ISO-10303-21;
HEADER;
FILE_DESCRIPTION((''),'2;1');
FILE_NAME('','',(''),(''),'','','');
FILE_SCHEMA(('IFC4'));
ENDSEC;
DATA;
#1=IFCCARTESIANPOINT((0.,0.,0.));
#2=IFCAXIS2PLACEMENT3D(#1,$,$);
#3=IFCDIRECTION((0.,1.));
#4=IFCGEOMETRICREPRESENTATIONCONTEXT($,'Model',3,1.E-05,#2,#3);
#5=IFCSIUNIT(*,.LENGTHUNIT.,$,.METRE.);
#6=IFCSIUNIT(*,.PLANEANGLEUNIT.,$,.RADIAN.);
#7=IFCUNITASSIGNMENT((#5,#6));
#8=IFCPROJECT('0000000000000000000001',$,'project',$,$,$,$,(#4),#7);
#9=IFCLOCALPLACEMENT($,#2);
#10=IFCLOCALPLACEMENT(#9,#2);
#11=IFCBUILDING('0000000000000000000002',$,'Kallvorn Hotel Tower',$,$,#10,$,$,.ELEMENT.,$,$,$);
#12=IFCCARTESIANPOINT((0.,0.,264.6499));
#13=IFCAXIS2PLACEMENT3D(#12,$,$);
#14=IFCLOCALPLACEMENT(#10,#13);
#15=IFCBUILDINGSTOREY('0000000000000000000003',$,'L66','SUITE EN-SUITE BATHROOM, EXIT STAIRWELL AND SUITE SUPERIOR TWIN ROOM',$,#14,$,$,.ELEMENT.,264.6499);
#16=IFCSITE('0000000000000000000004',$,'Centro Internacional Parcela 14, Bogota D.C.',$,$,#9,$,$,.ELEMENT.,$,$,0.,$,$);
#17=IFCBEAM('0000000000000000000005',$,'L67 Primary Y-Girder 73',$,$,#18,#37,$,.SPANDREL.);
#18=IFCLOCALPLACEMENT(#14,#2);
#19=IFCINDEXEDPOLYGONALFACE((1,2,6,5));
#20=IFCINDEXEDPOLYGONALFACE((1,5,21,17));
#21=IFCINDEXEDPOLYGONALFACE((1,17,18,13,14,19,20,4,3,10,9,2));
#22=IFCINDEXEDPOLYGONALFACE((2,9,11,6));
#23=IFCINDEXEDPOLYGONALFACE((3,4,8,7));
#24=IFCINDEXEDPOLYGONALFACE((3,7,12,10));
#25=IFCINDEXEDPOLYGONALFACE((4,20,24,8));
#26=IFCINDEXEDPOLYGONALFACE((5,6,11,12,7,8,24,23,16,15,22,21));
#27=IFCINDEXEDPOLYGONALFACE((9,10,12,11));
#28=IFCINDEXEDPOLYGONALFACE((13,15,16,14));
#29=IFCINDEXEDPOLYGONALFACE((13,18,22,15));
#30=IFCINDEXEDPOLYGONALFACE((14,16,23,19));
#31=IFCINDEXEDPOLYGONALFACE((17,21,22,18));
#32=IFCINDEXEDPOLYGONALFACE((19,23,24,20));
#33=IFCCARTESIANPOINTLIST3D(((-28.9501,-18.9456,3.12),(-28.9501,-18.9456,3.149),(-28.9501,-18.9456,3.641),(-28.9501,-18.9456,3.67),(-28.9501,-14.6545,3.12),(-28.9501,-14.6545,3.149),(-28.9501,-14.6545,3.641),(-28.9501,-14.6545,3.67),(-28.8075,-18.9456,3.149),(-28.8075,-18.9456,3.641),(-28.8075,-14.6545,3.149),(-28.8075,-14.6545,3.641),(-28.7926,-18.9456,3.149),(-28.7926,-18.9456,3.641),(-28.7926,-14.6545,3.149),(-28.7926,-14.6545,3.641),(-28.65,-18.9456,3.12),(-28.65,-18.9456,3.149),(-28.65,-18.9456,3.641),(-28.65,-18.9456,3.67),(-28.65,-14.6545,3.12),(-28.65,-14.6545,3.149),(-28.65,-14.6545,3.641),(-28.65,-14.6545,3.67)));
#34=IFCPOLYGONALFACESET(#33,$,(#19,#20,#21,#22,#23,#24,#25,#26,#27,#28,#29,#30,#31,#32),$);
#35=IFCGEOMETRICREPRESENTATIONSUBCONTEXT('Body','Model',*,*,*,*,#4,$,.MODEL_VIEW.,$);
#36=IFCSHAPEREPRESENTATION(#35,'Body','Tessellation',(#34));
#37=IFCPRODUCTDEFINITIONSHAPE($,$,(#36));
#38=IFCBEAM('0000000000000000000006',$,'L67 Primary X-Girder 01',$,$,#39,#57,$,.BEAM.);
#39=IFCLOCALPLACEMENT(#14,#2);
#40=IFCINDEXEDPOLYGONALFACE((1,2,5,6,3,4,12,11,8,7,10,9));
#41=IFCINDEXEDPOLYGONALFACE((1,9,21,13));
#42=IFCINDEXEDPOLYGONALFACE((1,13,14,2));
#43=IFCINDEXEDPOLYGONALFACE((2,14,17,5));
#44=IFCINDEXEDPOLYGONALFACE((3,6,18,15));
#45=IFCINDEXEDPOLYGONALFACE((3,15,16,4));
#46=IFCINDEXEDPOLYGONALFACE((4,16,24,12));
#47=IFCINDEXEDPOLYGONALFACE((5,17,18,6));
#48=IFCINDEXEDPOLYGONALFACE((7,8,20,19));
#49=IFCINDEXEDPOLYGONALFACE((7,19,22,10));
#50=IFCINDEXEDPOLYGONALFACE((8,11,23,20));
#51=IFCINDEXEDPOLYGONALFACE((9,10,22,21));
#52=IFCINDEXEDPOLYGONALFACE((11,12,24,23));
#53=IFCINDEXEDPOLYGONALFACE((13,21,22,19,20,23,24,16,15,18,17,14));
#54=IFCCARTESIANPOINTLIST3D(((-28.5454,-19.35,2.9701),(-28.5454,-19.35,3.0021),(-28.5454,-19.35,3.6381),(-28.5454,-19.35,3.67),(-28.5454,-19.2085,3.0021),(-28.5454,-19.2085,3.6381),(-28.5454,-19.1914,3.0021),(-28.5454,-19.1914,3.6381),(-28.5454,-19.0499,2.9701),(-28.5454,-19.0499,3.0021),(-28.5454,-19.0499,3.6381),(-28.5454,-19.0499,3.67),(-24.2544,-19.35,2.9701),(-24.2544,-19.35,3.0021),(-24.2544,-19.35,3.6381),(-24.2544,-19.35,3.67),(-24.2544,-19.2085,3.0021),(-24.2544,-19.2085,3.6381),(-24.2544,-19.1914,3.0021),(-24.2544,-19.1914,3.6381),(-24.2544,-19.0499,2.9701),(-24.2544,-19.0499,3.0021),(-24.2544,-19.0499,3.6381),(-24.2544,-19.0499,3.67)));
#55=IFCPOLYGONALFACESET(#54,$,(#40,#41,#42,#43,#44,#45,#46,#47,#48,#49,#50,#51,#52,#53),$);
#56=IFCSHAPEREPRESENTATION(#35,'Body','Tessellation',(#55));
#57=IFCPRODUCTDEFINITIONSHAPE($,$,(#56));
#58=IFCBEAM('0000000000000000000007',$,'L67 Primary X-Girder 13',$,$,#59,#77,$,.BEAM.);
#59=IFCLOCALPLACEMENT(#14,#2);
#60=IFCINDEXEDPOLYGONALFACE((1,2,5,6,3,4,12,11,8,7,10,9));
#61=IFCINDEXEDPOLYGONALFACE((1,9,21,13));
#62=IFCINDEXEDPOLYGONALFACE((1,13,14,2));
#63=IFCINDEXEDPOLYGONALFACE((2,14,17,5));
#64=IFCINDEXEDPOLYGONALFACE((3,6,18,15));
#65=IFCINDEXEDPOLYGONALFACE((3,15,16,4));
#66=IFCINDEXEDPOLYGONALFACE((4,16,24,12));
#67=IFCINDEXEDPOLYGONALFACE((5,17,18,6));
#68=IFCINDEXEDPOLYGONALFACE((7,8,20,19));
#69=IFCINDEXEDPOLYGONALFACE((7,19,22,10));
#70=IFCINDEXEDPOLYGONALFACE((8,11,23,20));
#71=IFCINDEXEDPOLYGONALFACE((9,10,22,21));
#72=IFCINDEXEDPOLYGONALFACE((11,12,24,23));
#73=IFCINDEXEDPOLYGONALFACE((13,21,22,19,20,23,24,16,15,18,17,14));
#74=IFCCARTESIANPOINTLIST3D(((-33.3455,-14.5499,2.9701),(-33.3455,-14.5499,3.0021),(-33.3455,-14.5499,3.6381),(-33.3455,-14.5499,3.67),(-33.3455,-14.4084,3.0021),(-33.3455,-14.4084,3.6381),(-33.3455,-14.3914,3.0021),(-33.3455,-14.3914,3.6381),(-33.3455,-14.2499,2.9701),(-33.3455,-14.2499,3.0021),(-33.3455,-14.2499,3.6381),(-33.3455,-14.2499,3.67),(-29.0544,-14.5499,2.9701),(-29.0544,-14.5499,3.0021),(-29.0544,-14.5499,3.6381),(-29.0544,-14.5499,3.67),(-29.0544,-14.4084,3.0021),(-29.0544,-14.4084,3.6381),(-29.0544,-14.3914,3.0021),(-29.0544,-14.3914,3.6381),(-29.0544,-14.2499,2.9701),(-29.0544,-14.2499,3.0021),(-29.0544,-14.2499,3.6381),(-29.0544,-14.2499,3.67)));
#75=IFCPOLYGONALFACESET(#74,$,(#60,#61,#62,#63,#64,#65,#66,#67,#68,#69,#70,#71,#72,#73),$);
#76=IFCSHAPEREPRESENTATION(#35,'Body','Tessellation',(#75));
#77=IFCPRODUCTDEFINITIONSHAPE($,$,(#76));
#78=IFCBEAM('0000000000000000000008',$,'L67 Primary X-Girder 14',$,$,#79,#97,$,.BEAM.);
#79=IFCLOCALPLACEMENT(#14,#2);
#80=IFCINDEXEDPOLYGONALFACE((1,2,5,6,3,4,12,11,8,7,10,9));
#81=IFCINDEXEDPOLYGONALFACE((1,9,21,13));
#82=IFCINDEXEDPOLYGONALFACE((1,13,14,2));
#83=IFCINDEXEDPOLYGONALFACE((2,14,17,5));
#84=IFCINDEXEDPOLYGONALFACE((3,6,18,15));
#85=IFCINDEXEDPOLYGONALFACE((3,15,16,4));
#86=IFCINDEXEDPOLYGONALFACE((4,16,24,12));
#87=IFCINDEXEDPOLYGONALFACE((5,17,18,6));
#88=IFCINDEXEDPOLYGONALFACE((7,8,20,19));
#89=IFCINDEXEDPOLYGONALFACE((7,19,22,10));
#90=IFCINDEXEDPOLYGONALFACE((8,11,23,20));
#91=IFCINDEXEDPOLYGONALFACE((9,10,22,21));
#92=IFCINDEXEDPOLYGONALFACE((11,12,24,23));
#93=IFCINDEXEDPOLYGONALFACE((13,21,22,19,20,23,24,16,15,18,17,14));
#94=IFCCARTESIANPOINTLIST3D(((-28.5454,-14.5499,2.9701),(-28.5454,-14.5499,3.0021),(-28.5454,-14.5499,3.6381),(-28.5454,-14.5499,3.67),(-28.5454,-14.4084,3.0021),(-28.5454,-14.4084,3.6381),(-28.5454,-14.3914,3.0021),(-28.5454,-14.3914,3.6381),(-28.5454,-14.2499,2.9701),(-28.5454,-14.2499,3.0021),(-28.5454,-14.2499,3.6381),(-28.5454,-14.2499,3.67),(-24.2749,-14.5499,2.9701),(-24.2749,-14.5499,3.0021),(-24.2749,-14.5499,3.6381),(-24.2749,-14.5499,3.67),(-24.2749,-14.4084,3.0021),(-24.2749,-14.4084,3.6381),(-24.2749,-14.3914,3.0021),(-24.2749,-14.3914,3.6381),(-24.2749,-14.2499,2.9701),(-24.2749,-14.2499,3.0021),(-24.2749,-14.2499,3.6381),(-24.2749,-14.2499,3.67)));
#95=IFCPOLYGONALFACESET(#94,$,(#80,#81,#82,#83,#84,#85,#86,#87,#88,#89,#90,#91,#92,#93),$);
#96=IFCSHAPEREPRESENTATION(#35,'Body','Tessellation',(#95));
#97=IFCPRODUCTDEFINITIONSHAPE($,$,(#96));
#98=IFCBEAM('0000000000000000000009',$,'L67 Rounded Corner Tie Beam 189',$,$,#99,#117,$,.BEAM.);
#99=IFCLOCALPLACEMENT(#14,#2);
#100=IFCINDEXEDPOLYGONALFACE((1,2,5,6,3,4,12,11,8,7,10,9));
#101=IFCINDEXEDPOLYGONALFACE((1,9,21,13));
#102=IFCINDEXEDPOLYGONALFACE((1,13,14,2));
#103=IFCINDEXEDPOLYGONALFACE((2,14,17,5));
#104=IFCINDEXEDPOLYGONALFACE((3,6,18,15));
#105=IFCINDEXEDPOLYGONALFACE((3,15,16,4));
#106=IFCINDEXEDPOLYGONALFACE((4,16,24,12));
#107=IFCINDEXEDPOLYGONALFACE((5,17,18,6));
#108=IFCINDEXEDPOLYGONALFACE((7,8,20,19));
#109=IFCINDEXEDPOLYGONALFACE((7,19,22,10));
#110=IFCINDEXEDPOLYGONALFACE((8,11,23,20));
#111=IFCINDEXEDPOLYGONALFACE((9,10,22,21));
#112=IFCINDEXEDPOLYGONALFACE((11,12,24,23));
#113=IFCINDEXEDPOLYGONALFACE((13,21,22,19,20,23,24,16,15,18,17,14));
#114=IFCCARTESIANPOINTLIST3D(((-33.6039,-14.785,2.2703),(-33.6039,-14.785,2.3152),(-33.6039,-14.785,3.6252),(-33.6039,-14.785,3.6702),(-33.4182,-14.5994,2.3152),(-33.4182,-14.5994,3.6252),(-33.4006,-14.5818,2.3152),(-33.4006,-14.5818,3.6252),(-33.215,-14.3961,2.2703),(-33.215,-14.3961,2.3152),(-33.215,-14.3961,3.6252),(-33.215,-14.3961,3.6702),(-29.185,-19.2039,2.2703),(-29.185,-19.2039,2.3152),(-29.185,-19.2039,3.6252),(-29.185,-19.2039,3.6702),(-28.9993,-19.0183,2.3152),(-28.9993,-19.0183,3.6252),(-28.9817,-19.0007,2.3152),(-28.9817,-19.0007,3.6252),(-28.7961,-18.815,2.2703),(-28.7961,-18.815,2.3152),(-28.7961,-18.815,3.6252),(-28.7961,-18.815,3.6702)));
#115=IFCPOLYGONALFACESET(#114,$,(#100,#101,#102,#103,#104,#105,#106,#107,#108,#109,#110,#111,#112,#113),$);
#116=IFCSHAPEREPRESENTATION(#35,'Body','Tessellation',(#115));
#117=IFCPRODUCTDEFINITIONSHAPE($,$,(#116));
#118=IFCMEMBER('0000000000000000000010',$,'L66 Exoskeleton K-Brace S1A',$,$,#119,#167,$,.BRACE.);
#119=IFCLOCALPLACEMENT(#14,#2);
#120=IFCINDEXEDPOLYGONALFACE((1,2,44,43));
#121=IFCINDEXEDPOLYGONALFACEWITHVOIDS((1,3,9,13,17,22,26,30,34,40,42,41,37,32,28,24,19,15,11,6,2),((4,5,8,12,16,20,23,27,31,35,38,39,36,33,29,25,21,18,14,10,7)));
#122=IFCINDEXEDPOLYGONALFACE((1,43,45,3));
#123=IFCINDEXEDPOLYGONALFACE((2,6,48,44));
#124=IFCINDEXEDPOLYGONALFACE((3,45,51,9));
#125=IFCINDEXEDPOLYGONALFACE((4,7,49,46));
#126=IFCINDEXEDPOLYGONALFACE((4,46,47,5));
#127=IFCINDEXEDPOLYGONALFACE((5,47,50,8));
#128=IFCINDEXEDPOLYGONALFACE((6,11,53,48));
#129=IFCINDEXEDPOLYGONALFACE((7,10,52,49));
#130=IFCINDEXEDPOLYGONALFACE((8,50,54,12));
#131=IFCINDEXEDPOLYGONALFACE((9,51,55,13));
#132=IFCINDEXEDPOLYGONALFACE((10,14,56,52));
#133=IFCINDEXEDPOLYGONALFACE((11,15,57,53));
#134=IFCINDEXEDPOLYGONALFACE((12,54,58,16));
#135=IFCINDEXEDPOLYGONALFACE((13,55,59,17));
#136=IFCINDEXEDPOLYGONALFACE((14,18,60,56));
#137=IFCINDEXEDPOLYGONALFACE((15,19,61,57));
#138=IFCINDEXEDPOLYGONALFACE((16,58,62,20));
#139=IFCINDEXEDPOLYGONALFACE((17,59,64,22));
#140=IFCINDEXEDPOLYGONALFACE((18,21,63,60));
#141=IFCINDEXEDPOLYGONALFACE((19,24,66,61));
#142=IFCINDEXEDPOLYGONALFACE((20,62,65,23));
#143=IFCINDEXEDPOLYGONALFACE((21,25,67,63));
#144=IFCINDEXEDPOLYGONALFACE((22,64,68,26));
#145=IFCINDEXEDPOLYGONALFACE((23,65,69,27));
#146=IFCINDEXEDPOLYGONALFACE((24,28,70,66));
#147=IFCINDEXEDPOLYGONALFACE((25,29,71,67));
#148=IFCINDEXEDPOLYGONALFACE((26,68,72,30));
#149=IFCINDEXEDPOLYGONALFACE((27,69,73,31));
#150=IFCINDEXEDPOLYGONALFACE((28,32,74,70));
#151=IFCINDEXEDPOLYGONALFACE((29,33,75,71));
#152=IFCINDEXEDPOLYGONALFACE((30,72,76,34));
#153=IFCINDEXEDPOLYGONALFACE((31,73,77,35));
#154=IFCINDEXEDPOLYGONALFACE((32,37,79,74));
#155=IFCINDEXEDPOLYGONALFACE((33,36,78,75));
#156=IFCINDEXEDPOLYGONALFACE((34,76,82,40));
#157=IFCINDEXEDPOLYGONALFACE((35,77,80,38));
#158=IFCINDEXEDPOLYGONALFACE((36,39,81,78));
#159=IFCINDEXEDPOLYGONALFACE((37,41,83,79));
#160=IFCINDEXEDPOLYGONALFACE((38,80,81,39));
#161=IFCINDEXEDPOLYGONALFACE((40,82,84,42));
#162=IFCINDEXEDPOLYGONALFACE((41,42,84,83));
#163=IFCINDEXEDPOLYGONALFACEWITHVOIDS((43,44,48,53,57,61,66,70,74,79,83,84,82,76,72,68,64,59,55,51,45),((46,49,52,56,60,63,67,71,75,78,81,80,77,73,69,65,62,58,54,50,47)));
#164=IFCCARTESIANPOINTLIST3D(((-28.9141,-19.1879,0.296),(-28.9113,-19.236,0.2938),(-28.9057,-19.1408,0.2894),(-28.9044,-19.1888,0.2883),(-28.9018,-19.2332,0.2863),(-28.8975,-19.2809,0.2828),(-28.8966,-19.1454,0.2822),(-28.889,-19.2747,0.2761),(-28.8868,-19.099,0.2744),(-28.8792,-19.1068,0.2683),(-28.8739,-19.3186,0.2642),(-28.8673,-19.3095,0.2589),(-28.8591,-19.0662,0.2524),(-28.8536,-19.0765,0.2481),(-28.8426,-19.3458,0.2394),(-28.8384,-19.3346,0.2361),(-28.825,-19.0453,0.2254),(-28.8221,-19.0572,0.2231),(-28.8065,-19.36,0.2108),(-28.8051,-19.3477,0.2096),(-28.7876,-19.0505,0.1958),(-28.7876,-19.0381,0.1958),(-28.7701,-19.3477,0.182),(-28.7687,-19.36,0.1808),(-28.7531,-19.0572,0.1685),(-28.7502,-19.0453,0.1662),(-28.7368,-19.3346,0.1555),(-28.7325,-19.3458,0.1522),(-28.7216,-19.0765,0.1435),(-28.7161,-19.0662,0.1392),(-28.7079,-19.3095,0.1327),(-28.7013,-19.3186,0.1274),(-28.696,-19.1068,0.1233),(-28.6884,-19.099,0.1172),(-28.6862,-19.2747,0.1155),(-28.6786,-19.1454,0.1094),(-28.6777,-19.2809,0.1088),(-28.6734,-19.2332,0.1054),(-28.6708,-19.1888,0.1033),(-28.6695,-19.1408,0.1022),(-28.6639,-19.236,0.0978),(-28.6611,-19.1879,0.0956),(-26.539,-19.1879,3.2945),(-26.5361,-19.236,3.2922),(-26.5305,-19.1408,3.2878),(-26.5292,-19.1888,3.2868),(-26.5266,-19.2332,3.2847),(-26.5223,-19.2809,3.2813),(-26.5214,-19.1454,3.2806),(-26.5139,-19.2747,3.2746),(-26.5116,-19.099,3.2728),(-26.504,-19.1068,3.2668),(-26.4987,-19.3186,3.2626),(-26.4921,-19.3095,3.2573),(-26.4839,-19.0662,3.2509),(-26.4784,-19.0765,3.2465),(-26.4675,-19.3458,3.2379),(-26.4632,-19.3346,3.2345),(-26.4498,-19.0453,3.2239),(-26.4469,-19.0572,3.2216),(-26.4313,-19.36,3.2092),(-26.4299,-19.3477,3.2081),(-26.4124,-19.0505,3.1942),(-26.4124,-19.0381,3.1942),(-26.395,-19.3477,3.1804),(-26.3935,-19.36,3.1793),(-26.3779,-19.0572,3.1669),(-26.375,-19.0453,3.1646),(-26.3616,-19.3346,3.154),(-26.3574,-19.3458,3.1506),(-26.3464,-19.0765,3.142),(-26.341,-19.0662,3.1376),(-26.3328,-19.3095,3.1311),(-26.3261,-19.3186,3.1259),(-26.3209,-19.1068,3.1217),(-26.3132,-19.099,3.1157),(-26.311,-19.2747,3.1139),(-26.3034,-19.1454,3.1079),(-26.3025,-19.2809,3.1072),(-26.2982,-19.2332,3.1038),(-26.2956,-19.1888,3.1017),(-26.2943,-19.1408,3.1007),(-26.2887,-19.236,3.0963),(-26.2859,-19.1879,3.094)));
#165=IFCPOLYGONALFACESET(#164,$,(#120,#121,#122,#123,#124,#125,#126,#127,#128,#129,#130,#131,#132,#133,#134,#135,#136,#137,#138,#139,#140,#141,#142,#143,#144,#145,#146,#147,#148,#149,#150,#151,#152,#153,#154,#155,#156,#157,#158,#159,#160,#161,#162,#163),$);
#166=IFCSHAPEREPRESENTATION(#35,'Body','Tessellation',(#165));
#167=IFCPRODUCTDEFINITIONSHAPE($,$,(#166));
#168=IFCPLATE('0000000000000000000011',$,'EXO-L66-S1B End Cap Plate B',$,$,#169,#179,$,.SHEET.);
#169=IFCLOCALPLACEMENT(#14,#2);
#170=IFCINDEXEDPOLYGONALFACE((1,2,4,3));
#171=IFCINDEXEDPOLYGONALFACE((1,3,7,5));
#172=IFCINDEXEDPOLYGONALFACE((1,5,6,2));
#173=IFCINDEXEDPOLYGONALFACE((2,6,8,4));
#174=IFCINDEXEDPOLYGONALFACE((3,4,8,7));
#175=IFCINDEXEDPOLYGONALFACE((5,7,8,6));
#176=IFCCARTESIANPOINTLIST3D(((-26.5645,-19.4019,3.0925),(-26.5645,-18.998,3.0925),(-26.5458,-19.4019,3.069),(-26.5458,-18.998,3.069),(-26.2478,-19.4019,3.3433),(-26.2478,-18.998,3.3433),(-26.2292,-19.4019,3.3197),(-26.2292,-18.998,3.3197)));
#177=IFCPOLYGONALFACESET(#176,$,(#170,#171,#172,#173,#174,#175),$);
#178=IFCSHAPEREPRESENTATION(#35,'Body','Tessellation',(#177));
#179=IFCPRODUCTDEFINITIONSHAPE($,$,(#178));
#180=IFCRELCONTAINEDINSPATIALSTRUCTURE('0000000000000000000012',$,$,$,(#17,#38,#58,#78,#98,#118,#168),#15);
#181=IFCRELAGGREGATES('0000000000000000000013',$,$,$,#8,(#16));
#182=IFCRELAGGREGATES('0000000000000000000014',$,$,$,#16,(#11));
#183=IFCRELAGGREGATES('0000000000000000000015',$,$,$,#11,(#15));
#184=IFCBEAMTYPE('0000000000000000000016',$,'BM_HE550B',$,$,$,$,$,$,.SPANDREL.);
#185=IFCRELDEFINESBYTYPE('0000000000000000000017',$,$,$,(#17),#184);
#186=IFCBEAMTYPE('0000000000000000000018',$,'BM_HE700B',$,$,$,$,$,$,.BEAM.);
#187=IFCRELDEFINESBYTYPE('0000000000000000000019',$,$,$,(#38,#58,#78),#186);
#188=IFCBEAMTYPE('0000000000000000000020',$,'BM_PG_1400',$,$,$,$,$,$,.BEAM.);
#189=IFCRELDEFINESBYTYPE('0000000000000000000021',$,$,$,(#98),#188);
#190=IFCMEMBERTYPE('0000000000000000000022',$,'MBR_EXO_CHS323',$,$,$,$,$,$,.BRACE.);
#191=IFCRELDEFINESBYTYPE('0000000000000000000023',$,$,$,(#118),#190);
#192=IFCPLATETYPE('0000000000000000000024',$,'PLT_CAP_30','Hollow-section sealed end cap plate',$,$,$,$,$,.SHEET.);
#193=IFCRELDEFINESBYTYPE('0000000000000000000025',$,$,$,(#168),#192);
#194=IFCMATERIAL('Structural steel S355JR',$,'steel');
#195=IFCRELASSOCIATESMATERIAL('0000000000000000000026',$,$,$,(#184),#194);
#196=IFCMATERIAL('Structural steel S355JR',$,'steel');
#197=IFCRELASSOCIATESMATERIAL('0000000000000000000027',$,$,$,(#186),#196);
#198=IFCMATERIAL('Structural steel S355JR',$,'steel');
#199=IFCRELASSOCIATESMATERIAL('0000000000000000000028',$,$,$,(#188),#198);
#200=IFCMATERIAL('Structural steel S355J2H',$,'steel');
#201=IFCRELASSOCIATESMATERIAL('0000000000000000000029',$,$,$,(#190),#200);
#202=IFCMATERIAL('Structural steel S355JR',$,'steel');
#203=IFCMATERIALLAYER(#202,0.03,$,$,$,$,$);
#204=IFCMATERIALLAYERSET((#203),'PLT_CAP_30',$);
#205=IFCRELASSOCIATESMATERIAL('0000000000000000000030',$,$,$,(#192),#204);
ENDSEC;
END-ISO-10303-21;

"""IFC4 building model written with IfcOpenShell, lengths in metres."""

from ifc_helpers import new_model, si_unit, direction, frame, origin, origin_2d, place, context, subcontext, project, spatial, polyline, hollow_circle, i_section, outline, extrude, material, layer, layer_set, material_profile, profile_set, type_object, element, save


model = new_model("IFC4")

# Units and contexts
model_context = context("Model", 3, precision=1e-05, world=origin(), true_north=direction((0.0, 1.0)))
body_context = subcontext(model_context, "Body", "Model", "MODEL_VIEW")
ifc_project = project(units=[si_unit("LENGTHUNIT", "METRE"), si_unit("PLANEANGLEUNIT", "RADIAN")], contexts=[model_context])

# Site, building, storey
site_placement = place(None, origin())
site = spatial("IfcSite", under=ifc_project, at=site_placement, Name="Centro Internacional Parcela 14, Bogota D.C.", CompositionType="ELEMENT", RefElevation=0.0)
building_placement = place(site_placement, origin())
building = spatial("IfcBuilding", under=site, at=building_placement, Name="Kallvorn Hotel Tower", CompositionType="ELEMENT")
storey_placement = place(building_placement, frame((0.0, 0.0, 264.6499)))
storey = spatial("IfcBuildingStorey", under=building, at=storey_placement, Name="L66", Description="SUITE EN-SUITE BATHROOM, EXIT STAIRWELL AND SUITE SUPERIOR TWIN ROOM", CompositionType="ELEMENT", Elevation=264.6499)

# Beams
ifc_material_1 = material(Name="Structural steel S355JR", Category="steel")
ifc_material_profile_1 = material_profile(ifc_material_1, i_section(OverallWidth=0.3, OverallDepth=0.55, WebThickness=0.0149, FlangeThickness=0.0291, at=origin_2d()), Name="HE 550 B")
ifc_profile_set_1 = profile_set([ifc_material_profile_1], Name="Structural steel S355JR")
beam_type_1 = type_object("IfcBeamType", Name="BM_HE550B", PredefinedType="SPANDREL", material=ifc_profile_set_1)
beam_1_placement = place(storey_placement, frame((-28.8, -18.9456, 3.395), z_axis=(0.0, 1.0, 0.0), x_axis=(-1.0, 0.0, 0.0)))
element("IfcBeam", 1, at=beam_1_placement, inside=storey, type_object=beam_type_1, Name="L67 Primary Y-Girder 73", PredefinedType="SPANDREL", context=body_context, shape_type="SweptSolid", body=[
    extrude(i_section(OverallWidth=0.3, OverallDepth=0.55, WebThickness=0.0149, FlangeThickness=0.0291, at=origin_2d()), origin(), (0.0, 0.0, 1.0), 4.291),
])
ifc_material_2 = material(Name="Structural steel S355JR", Category="steel")
ifc_material_profile_2 = material_profile(ifc_material_2, i_section(OverallWidth=0.3, OverallDepth=0.7, WebThickness=0.0171, FlangeThickness=0.032, at=origin_2d()), Name="HE 700 B")
ifc_profile_set_2 = profile_set([ifc_material_profile_2], Name="Structural steel S355JR")
beam_type_2 = type_object("IfcBeamType", Name="BM_HE700B", PredefinedType="BEAM", material=ifc_profile_set_2)
for number, where, z_axis, x_axis, name in (
    (2, (-28.5454, -19.2, 3.3201), (1.0, 0.0, 0.0), (0.0, 1.0, 0.0), "L67 Primary X-Girder 01"),
    (3, (-33.3455, -14.3999, 3.3201), (1.0, 0.0, 0.0), (0.0, 1.0, 0.0), "L67 Primary X-Girder 13"),
):
    element("IfcBeam", number, at=place(storey_placement, frame(where, z_axis=z_axis, x_axis=x_axis)), inside=storey, type_object=beam_type_2, Name=name, PredefinedType="BEAM", context=body_context, shape_type="SweptSolid", body=[
        extrude(i_section(OverallWidth=0.3, OverallDepth=0.7, WebThickness=0.0171, FlangeThickness=0.032, at=origin_2d()), origin(), (0.0, 0.0, 1.0), 4.291),
    ])
beam_2_placement = place(storey_placement, frame((-28.5454, -14.3999, 3.3201), z_axis=(1.0, 0.0, 0.0), x_axis=(0.0, 1.0, 0.0)))
element("IfcBeam", 4, at=beam_2_placement, inside=storey, type_object=beam_type_2, Name="L67 Primary X-Girder 14", PredefinedType="BEAM", context=body_context, shape_type="SweptSolid", body=[
    extrude(i_section(OverallWidth=0.3, OverallDepth=0.7, WebThickness=0.0171, FlangeThickness=0.032, at=origin_2d()), origin(), (0.0, 0.0, 1.0), 4.2705),
])
ifc_material_3 = material(Name="Structural steel S355JR", Category="steel")
ifc_material_profile_3 = material_profile(ifc_material_3, i_section(OverallWidth=0.55, OverallDepth=1.3999, WebThickness=0.0249, FlangeThickness=0.0449, at=origin_2d()), Name="PG 1400x550x25x45")
ifc_profile_set_3 = profile_set([ifc_material_profile_3], Name="Structural steel S355JR")
beam_type_3 = type_object("IfcBeamType", Name="BM_PG_1400", PredefinedType="BEAM", material=ifc_profile_set_3)
beam_3_placement = place(storey_placement, frame((-33.4094, -14.5906, 2.9702), z_axis=(0.707107, -0.707107, 0.0), x_axis=(0.707107, 0.707107, 0.0)))
element("IfcBeam", 5, at=beam_3_placement, inside=storey, type_object=beam_type_3, Name="L67 Rounded Corner Tie Beam 189", PredefinedType="BEAM", context=body_context, shape_type="SweptSolid", body=[
    extrude(i_section(OverallWidth=0.55, OverallDepth=1.3999, WebThickness=0.0249, FlangeThickness=0.0449, at=origin_2d()), origin(), (0.0, 0.0, 1.0), 6.2493),
])

# Member
ifc_material_4 = material(Name="Structural steel S355J2H", Category="steel")
ifc_material_profile_4 = material_profile(ifc_material_4, hollow_circle(Radius=0.1619, WallThickness=0.0125, at=origin_2d()), Name="CHS 323.9x12.5")
ifc_profile_set_4 = profile_set([ifc_material_profile_4], Name="Structural steel S355J2H")
member_type = type_object("IfcMemberType", Name="MBR_EXO_CHS323", PredefinedType="BRACE", material=ifc_profile_set_4)
member_placement = place(storey_placement, frame((-28.7876, -19.2, 0.1958), z_axis=(0.620929, 0.0, 0.783867), x_axis=(0.0, 1.0, 0.0)))
element("IfcMember", 6, at=member_placement, inside=storey, type_object=member_type, Name="L66 Exoskeleton K-Brace S1A", PredefinedType="BRACE", context=body_context, shape_type="SweptSolid", body=[
    extrude(hollow_circle(Radius=0.1619, WallThickness=0.0125, at=origin_2d()), origin(), (0.0, 0.0, 1.0), 3.8252),
])

# Plate
ifc_material_5 = material(Name="Structural steel S355JR", Category="steel")
ifc_layer_1 = layer(ifc_material_5, 0.03)
ifc_layer_set_1 = layer_set([ifc_layer_1], Name="PLT_CAP_30")
plate_type = type_object("IfcPlateType", Name="PLT_CAP_30", Description="Hollow-section sealed end cap plate", PredefinedType="SHEET", material=ifc_layer_set_1)
plate_placement = place(storey_placement, frame((-26.5645, -18.998, 3.0925), z_axis=(-0.62078, 0.0, 0.783985), x_axis=(0.0, -1.0, 0.0)))
element("IfcPlate", 7, at=plate_placement, inside=storey, type_object=plate_type, Name="EXO-L66-S1B End Cap Plate B", PredefinedType="SHEET", context=body_context, shape_type="SweptSolid", body=[
    extrude(outline(polyline([(0.0, 0.0), (0.4038, 0.0), (0.4038, 0.4039), (0.0, 0.4039), (0.0, 0.0)])), origin(), (0.0, 0.0, -1.0), 0.03),
])

save(model, "model.ifc")
